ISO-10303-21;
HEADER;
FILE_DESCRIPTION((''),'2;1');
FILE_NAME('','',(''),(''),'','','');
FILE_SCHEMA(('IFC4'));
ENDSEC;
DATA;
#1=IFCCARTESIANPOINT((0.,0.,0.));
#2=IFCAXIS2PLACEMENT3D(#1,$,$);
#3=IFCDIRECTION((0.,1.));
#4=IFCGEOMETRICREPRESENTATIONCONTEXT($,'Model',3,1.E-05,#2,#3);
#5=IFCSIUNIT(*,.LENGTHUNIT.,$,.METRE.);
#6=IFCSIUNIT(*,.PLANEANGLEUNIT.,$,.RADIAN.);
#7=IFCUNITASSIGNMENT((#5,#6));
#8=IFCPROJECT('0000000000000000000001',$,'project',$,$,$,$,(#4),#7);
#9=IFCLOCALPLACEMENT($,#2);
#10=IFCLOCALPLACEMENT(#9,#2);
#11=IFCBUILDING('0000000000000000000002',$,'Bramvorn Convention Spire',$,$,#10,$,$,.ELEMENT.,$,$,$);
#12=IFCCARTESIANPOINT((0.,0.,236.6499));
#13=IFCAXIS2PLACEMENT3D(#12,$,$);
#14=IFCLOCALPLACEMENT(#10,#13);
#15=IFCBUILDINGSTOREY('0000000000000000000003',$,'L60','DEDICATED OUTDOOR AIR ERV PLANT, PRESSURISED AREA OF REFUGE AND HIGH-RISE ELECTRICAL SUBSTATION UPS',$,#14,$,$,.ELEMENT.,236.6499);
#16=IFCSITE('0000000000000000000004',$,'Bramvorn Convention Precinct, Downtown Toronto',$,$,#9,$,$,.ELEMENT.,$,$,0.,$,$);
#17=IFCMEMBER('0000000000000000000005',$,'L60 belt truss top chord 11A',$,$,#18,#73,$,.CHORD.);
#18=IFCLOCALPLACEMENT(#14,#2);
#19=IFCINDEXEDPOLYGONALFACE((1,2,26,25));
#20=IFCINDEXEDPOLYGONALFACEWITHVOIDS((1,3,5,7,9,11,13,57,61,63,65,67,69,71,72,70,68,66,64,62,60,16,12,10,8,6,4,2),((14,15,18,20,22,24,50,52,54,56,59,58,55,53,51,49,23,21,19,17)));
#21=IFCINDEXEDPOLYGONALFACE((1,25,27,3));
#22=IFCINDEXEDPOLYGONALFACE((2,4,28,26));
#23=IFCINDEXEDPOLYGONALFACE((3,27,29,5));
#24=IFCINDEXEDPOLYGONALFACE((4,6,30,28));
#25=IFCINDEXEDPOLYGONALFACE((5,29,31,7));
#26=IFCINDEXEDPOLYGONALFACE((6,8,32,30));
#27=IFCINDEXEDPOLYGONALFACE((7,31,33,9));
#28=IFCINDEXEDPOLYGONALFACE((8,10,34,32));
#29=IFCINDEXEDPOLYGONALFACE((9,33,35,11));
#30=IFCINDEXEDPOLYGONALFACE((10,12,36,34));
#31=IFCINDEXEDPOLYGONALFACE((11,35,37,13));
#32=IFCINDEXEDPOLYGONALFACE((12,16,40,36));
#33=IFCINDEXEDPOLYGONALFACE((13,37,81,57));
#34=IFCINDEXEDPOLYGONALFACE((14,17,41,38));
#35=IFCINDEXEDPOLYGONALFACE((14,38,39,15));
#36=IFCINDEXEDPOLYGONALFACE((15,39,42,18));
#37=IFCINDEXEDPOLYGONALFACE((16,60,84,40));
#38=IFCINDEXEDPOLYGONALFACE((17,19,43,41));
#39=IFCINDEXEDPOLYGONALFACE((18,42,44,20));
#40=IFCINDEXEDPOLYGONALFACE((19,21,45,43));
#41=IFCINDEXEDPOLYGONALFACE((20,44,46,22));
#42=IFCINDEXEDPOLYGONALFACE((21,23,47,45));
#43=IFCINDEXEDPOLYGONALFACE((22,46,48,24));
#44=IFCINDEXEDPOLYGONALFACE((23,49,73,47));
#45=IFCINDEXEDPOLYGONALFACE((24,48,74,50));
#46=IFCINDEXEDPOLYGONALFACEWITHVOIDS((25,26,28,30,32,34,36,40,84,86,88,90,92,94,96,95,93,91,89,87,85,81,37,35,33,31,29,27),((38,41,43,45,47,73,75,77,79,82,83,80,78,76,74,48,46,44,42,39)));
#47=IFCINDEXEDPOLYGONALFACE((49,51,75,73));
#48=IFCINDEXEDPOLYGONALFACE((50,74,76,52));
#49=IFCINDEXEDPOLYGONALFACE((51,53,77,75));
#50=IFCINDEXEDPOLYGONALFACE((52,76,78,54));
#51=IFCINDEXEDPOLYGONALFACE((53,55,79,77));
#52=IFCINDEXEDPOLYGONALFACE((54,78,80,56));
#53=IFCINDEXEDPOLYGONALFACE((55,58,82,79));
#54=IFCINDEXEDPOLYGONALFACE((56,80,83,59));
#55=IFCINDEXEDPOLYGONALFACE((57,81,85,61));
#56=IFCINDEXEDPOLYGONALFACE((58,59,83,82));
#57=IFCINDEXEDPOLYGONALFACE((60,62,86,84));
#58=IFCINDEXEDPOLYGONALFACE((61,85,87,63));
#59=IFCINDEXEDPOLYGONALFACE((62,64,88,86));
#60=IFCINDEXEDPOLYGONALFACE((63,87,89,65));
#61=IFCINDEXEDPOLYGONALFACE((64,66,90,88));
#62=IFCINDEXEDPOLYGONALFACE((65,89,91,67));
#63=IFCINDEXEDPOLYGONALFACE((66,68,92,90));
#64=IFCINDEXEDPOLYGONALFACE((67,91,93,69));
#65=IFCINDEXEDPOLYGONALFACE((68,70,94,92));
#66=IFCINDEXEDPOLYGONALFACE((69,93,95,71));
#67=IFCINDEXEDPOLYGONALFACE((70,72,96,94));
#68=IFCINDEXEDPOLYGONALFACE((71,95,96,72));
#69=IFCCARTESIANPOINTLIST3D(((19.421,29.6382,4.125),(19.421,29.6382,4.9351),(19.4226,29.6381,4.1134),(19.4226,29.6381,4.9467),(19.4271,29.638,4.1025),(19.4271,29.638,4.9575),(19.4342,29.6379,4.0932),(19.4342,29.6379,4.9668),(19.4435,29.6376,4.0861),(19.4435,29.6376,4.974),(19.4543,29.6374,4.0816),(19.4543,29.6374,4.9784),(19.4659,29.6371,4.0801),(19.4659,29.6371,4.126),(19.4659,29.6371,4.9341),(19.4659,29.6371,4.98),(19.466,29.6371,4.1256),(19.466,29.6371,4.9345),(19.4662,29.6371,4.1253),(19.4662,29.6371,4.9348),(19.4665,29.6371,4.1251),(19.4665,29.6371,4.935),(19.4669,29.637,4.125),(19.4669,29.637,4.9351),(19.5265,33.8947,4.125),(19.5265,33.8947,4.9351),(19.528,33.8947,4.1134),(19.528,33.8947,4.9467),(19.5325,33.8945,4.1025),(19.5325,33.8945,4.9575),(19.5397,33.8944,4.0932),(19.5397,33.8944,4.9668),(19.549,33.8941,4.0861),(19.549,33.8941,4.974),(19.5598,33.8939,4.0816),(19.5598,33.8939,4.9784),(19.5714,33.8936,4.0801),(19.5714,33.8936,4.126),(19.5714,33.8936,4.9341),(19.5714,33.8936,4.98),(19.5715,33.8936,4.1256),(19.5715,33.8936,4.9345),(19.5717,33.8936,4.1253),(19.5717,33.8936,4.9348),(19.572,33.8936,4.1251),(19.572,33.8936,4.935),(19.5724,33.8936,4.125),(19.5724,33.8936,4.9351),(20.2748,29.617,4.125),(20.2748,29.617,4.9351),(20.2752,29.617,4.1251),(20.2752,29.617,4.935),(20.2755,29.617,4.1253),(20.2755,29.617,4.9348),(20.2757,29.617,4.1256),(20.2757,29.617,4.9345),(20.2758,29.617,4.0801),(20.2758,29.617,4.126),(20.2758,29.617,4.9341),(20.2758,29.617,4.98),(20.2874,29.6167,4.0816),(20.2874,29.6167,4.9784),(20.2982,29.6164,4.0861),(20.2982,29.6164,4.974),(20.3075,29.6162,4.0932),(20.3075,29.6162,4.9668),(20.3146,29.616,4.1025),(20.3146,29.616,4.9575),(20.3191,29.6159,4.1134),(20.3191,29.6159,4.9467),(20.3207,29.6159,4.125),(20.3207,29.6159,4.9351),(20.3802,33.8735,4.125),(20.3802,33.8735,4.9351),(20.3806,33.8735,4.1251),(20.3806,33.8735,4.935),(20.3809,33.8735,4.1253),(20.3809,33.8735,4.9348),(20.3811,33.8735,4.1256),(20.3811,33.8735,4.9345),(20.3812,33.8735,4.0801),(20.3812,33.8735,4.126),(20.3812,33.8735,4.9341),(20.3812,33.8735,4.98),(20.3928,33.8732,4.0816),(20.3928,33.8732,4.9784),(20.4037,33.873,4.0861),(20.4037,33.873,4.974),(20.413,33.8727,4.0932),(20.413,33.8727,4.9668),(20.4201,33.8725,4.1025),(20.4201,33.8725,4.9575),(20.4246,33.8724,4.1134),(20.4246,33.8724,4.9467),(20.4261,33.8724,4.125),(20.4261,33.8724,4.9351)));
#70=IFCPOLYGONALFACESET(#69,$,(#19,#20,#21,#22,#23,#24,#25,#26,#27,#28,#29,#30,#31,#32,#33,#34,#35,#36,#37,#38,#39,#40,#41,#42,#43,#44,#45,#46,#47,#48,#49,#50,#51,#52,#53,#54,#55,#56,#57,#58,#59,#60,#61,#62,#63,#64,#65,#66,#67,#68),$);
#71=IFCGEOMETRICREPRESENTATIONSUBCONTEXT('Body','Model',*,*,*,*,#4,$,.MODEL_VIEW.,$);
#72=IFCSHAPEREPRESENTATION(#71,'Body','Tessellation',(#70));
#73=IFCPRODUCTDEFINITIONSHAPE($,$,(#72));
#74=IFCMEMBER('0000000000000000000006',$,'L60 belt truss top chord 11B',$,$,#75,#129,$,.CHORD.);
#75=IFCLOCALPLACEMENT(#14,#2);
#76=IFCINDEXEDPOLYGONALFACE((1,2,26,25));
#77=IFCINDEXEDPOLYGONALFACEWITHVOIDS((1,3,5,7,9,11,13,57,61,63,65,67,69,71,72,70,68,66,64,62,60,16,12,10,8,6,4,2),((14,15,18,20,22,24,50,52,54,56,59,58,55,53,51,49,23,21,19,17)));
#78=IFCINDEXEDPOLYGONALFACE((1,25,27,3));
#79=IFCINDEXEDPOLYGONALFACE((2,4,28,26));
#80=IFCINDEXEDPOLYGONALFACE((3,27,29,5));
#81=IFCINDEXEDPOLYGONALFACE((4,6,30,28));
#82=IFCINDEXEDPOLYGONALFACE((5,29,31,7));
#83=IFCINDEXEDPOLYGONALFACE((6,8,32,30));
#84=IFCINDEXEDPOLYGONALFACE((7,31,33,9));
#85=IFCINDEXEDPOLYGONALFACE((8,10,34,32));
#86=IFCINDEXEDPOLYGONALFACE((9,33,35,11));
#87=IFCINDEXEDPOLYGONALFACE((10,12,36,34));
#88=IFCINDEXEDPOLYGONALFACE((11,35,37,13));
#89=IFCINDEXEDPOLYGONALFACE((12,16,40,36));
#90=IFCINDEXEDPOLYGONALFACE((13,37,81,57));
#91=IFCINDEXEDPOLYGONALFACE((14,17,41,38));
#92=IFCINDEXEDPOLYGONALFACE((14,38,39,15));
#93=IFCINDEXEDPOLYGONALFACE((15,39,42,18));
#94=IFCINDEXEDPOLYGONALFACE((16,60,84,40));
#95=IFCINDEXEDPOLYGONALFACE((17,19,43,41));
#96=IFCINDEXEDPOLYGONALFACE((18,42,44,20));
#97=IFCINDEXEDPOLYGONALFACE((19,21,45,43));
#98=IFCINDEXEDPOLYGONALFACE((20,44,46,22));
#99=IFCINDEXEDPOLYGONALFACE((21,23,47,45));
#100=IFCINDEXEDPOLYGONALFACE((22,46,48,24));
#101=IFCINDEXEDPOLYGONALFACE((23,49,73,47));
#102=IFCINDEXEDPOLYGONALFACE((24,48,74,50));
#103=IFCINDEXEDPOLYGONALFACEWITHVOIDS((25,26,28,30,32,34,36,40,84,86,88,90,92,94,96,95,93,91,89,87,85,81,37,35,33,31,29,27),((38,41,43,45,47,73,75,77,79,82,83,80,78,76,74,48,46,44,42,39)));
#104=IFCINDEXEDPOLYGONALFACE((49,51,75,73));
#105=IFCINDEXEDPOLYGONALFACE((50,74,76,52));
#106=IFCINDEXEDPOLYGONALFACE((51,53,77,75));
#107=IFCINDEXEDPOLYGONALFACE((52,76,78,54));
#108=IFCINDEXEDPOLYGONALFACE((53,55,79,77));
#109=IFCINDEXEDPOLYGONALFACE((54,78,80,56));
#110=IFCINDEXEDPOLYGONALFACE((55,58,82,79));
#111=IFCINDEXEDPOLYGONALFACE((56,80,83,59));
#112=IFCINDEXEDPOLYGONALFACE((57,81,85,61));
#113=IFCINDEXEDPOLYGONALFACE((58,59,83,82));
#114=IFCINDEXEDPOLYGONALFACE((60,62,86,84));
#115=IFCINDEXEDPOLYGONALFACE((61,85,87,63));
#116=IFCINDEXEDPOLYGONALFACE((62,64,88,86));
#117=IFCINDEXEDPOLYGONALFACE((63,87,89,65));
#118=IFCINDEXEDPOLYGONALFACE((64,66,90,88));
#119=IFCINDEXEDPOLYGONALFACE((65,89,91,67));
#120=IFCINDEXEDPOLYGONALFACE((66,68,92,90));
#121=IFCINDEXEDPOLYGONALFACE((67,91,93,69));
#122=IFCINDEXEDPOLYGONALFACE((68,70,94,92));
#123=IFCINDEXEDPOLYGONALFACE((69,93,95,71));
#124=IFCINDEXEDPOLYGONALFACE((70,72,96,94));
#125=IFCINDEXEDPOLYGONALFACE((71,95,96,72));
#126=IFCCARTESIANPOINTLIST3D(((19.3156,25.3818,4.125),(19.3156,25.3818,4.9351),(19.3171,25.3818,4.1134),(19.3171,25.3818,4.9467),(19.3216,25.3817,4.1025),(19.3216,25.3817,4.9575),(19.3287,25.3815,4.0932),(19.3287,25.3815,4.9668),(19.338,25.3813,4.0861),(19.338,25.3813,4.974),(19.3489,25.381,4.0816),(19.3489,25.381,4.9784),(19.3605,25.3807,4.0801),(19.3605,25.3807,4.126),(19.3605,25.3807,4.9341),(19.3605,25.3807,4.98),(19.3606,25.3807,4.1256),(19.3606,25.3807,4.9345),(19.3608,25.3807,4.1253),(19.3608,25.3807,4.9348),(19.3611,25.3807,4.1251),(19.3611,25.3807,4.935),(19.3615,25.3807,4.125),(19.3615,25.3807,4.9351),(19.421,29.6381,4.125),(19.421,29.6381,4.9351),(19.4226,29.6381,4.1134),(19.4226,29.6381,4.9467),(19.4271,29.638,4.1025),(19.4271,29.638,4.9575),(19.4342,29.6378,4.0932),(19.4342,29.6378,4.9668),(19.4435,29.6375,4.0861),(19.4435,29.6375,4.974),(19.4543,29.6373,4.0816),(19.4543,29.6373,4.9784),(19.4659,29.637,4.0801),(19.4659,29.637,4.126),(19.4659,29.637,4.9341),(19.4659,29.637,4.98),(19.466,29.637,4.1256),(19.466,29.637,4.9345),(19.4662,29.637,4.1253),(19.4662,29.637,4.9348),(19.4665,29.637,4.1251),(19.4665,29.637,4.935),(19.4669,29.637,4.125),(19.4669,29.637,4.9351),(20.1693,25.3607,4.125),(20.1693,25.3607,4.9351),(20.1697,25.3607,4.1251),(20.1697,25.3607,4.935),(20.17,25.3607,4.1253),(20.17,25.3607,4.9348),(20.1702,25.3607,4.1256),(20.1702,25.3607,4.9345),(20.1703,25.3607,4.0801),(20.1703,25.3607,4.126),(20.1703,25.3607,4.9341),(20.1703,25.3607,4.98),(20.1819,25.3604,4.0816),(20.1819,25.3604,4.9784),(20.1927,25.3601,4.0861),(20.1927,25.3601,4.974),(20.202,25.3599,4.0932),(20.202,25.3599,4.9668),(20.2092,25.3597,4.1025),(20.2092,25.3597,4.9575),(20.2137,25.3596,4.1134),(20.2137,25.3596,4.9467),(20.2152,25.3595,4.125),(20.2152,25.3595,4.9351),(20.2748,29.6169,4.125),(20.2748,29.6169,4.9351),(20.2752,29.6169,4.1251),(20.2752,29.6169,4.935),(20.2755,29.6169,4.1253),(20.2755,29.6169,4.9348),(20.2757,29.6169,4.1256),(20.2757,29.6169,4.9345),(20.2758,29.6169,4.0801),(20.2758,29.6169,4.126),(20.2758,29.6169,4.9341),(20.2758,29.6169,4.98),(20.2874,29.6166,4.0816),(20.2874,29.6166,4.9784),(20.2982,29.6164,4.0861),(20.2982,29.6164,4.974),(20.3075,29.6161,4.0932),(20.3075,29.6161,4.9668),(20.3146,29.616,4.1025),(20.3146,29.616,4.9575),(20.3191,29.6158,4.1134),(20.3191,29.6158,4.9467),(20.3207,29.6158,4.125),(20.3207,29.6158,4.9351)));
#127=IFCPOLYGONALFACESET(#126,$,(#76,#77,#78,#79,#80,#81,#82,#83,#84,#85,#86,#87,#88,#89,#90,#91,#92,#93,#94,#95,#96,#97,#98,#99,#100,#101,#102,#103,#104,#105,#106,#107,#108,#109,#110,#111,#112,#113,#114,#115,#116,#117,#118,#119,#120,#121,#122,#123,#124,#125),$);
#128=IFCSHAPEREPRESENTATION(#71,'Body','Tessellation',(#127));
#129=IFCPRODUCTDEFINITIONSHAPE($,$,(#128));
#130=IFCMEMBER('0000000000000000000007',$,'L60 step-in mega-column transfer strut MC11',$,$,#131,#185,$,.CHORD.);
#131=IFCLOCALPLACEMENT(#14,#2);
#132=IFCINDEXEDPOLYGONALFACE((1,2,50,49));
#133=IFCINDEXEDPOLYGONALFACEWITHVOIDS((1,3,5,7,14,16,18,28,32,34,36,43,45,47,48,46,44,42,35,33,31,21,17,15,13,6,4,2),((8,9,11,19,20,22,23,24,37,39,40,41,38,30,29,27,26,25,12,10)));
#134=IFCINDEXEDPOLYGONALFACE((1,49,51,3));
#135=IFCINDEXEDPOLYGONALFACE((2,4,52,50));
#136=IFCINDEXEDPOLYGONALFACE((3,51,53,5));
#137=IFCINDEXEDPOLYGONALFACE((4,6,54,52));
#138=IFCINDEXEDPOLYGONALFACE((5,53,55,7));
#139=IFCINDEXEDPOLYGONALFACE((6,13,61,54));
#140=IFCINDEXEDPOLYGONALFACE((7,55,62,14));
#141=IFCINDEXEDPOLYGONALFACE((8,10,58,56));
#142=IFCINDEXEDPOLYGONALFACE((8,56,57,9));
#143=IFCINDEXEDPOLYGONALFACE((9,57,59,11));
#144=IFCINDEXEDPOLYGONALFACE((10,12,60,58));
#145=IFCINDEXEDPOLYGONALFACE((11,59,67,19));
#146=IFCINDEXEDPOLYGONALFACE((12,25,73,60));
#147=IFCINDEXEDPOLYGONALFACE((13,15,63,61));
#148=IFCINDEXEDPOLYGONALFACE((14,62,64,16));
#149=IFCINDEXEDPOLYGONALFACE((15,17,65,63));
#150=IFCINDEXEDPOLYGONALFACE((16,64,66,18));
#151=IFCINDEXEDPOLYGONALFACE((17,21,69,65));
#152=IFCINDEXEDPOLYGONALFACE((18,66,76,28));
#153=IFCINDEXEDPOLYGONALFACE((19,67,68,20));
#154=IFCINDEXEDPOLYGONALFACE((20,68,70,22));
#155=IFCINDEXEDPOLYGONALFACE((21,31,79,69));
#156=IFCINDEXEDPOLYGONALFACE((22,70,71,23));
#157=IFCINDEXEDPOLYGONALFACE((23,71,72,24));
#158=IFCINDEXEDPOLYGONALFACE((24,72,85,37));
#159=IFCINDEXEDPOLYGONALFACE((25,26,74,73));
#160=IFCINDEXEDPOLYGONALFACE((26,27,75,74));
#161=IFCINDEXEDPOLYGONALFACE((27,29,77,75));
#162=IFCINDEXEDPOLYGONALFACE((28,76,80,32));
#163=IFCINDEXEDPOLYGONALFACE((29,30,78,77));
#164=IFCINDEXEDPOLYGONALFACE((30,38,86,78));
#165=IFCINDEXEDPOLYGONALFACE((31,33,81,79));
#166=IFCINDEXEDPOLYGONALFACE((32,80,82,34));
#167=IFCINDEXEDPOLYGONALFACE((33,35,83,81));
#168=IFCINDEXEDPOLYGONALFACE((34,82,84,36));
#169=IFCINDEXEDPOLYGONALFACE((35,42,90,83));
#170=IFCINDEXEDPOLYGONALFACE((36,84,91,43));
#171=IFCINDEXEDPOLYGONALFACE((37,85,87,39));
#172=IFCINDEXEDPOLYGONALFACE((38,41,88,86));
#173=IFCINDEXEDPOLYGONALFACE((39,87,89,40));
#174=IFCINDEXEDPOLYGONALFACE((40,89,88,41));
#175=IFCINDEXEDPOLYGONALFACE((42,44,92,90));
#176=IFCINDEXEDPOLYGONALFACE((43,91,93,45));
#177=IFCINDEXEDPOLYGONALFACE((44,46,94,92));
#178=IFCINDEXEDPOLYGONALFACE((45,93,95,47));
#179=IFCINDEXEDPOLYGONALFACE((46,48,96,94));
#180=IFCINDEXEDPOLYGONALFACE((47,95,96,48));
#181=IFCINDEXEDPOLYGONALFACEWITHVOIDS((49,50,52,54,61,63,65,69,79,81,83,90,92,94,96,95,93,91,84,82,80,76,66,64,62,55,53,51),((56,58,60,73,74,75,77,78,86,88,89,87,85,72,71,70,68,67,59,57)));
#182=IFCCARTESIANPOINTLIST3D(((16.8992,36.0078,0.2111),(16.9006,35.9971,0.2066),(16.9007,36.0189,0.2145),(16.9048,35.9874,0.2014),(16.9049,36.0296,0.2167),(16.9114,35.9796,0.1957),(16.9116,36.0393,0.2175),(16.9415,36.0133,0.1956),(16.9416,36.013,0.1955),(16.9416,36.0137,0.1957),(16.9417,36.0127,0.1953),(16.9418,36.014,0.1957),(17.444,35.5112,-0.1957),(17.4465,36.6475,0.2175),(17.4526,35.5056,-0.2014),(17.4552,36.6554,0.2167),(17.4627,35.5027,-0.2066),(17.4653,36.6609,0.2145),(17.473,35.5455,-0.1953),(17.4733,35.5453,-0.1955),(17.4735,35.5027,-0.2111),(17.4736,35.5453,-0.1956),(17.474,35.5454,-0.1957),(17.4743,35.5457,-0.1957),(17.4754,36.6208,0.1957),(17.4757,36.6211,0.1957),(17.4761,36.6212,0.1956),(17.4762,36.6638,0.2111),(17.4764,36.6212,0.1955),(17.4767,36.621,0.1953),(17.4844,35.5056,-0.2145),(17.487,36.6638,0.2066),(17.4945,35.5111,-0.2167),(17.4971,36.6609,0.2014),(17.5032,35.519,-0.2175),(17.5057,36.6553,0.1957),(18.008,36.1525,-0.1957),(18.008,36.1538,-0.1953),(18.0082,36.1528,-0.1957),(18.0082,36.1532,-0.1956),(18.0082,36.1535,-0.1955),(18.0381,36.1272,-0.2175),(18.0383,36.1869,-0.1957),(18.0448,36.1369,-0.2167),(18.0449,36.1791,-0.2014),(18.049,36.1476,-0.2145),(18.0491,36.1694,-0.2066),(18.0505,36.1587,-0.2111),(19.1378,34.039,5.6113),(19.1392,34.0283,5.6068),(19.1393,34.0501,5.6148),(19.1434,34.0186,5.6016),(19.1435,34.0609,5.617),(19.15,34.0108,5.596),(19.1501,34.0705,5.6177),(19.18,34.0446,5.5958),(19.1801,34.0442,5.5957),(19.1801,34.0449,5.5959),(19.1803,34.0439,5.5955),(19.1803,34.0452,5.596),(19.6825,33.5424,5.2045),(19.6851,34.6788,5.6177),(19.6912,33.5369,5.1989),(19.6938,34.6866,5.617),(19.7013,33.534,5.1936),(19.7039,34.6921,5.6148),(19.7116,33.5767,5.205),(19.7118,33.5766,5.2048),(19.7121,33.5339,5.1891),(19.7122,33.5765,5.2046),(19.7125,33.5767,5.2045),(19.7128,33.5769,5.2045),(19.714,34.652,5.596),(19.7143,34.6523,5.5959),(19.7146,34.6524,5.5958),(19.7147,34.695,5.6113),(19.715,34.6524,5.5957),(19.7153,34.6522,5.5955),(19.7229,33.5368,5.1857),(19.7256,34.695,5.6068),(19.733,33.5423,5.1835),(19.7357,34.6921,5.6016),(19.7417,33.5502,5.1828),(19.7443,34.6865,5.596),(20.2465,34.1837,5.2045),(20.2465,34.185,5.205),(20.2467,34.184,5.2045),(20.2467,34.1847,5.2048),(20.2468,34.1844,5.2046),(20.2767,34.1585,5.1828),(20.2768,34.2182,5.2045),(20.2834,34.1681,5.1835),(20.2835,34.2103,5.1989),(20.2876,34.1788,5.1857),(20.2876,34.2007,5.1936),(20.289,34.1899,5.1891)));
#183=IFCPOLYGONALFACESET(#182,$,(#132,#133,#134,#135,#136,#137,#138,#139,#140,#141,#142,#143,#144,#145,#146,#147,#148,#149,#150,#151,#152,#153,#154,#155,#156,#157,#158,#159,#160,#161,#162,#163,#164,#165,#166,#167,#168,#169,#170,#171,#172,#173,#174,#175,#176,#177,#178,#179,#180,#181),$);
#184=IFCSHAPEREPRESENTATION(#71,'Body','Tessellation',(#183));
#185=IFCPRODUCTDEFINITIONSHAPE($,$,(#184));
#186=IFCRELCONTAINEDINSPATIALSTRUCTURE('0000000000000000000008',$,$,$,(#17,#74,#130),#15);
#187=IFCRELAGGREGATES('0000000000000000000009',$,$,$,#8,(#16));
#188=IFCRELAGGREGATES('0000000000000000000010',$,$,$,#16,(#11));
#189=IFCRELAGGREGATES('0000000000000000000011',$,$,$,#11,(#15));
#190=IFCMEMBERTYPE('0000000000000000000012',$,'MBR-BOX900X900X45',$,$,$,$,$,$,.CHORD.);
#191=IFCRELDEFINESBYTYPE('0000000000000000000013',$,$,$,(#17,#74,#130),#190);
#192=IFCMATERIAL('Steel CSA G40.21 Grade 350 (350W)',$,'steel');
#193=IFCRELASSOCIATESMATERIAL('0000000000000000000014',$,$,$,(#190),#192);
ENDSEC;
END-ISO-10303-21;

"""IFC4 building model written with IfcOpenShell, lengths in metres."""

from ifc_helpers import new_model, si_unit, direction, frame, origin, origin_2d, place, context, subcontext, project, spatial, hollow_rectangle, extrude, material, material_profile, profile_set, type_object, element, save


model = new_model("IFC4")

# Units and contexts
model_context = context("Model", 3, precision=1e-05, world=origin(), true_north=direction((0.0, 1.0)))
body_context = subcontext(model_context, "Body", "Model", "MODEL_VIEW")
ifc_project = project(units=[si_unit("LENGTHUNIT", "METRE"), si_unit("PLANEANGLEUNIT", "RADIAN")], contexts=[model_context])

# Site, building, storey
site_placement = place(None, origin())
site = spatial("IfcSite", under=ifc_project, at=site_placement, Name="Bramvorn Convention Precinct, Downtown Toronto", CompositionType="ELEMENT", RefElevation=0.0)
building_placement = place(site_placement, origin())
building = spatial("IfcBuilding", under=site, at=building_placement, Name="Bramvorn Convention Spire", CompositionType="ELEMENT")
storey_placement = place(building_placement, frame((0.0, 0.0, 236.6499)))
storey = spatial("IfcBuildingStorey", under=building, at=storey_placement, Name="L60", Description="DEDICATED OUTDOOR AIR ERV PLANT, PRESSURISED AREA OF REFUGE AND HIGH-RISE ELECTRICAL SUBSTATION UPS", CompositionType="ELEMENT", Elevation=236.6499)

# Shared definitions
ifc_material_1 = material(Name="Steel CSA G40.21 Grade 350 (350W)", Category="steel")

# Members
ifc_material_profile_1 = material_profile(ifc_material_1, hollow_rectangle(XDim=0.8999, YDim=0.8999, WallThickness=0.0449, InnerFilletRadius=0.001, OuterFilletRadius=0.0449, at=origin_2d()))
ifc_profile_set_1 = profile_set([ifc_material_profile_1], Name="Steel CSA G40.21 Grade 350 (350W) - BOX900X900X45")
member_type_1 = type_object("IfcMemberType", Name="MBR-BOX900X900X45", PredefinedType="CHORD", material=ifc_profile_set_1)
member_1_placement = place(storey_placement, frame((19.9763, 33.8835, 4.53), z_axis=(-0.02477, -0.999693, 0.0), x_axis=(0.999693, -0.02477, 0.0)))
element("IfcMember", 1, at=member_1_placement, inside=storey, type_object=member_type_1, Name="L60 belt truss top chord 11A", PredefinedType="CHORD", context=body_context, shape_type="SweptSolid", body=[
    extrude(hollow_rectangle(XDim=0.8999, YDim=0.8999, WallThickness=0.0449, InnerFilletRadius=0.001, OuterFilletRadius=0.0449, at=origin_2d()), origin(), (0.0, 0.0, 1.0), 4.2578),
])
member_2_placement = place(storey_placement, frame((19.8708, 29.627, 4.53), z_axis=(-0.024772, -0.999693, 0.0), x_axis=(0.999693, -0.024772, 0.0)))
element("IfcMember", 2, at=member_2_placement, inside=storey, type_object=member_type_1, Name="L60 belt truss top chord 11B", PredefinedType="CHORD", context=body_context, shape_type="SweptSolid", body=[
    extrude(hollow_rectangle(XDim=0.8999, YDim=0.8999, WallThickness=0.0449, InnerFilletRadius=0.001, OuterFilletRadius=0.0449, at=origin_2d()), origin(), (0.0, 0.0, 1.0), 4.2576),
])
member_3_placement = place(storey_placement, frame((17.4749, 36.0833, 0.0), z_axis=(0.362905, -0.31917, 0.87546), x_axis=(0.66041, 0.750905, 0.0)))
element("IfcMember", 3, at=member_3_placement, inside=storey, type_object=member_type_1, Name="L60 step-in mega-column transfer strut MC11", PredefinedType="CHORD", context=body_context, shape_type="SweptSolid", body=[
    extrude(hollow_rectangle(XDim=0.8999, YDim=0.8999, WallThickness=0.0449, InnerFilletRadius=0.001, OuterFilletRadius=0.0449, at=origin_2d()), origin(), (0.0, 0.0, 1.0), 6.1685),
])

save(model, "model.ifc")
